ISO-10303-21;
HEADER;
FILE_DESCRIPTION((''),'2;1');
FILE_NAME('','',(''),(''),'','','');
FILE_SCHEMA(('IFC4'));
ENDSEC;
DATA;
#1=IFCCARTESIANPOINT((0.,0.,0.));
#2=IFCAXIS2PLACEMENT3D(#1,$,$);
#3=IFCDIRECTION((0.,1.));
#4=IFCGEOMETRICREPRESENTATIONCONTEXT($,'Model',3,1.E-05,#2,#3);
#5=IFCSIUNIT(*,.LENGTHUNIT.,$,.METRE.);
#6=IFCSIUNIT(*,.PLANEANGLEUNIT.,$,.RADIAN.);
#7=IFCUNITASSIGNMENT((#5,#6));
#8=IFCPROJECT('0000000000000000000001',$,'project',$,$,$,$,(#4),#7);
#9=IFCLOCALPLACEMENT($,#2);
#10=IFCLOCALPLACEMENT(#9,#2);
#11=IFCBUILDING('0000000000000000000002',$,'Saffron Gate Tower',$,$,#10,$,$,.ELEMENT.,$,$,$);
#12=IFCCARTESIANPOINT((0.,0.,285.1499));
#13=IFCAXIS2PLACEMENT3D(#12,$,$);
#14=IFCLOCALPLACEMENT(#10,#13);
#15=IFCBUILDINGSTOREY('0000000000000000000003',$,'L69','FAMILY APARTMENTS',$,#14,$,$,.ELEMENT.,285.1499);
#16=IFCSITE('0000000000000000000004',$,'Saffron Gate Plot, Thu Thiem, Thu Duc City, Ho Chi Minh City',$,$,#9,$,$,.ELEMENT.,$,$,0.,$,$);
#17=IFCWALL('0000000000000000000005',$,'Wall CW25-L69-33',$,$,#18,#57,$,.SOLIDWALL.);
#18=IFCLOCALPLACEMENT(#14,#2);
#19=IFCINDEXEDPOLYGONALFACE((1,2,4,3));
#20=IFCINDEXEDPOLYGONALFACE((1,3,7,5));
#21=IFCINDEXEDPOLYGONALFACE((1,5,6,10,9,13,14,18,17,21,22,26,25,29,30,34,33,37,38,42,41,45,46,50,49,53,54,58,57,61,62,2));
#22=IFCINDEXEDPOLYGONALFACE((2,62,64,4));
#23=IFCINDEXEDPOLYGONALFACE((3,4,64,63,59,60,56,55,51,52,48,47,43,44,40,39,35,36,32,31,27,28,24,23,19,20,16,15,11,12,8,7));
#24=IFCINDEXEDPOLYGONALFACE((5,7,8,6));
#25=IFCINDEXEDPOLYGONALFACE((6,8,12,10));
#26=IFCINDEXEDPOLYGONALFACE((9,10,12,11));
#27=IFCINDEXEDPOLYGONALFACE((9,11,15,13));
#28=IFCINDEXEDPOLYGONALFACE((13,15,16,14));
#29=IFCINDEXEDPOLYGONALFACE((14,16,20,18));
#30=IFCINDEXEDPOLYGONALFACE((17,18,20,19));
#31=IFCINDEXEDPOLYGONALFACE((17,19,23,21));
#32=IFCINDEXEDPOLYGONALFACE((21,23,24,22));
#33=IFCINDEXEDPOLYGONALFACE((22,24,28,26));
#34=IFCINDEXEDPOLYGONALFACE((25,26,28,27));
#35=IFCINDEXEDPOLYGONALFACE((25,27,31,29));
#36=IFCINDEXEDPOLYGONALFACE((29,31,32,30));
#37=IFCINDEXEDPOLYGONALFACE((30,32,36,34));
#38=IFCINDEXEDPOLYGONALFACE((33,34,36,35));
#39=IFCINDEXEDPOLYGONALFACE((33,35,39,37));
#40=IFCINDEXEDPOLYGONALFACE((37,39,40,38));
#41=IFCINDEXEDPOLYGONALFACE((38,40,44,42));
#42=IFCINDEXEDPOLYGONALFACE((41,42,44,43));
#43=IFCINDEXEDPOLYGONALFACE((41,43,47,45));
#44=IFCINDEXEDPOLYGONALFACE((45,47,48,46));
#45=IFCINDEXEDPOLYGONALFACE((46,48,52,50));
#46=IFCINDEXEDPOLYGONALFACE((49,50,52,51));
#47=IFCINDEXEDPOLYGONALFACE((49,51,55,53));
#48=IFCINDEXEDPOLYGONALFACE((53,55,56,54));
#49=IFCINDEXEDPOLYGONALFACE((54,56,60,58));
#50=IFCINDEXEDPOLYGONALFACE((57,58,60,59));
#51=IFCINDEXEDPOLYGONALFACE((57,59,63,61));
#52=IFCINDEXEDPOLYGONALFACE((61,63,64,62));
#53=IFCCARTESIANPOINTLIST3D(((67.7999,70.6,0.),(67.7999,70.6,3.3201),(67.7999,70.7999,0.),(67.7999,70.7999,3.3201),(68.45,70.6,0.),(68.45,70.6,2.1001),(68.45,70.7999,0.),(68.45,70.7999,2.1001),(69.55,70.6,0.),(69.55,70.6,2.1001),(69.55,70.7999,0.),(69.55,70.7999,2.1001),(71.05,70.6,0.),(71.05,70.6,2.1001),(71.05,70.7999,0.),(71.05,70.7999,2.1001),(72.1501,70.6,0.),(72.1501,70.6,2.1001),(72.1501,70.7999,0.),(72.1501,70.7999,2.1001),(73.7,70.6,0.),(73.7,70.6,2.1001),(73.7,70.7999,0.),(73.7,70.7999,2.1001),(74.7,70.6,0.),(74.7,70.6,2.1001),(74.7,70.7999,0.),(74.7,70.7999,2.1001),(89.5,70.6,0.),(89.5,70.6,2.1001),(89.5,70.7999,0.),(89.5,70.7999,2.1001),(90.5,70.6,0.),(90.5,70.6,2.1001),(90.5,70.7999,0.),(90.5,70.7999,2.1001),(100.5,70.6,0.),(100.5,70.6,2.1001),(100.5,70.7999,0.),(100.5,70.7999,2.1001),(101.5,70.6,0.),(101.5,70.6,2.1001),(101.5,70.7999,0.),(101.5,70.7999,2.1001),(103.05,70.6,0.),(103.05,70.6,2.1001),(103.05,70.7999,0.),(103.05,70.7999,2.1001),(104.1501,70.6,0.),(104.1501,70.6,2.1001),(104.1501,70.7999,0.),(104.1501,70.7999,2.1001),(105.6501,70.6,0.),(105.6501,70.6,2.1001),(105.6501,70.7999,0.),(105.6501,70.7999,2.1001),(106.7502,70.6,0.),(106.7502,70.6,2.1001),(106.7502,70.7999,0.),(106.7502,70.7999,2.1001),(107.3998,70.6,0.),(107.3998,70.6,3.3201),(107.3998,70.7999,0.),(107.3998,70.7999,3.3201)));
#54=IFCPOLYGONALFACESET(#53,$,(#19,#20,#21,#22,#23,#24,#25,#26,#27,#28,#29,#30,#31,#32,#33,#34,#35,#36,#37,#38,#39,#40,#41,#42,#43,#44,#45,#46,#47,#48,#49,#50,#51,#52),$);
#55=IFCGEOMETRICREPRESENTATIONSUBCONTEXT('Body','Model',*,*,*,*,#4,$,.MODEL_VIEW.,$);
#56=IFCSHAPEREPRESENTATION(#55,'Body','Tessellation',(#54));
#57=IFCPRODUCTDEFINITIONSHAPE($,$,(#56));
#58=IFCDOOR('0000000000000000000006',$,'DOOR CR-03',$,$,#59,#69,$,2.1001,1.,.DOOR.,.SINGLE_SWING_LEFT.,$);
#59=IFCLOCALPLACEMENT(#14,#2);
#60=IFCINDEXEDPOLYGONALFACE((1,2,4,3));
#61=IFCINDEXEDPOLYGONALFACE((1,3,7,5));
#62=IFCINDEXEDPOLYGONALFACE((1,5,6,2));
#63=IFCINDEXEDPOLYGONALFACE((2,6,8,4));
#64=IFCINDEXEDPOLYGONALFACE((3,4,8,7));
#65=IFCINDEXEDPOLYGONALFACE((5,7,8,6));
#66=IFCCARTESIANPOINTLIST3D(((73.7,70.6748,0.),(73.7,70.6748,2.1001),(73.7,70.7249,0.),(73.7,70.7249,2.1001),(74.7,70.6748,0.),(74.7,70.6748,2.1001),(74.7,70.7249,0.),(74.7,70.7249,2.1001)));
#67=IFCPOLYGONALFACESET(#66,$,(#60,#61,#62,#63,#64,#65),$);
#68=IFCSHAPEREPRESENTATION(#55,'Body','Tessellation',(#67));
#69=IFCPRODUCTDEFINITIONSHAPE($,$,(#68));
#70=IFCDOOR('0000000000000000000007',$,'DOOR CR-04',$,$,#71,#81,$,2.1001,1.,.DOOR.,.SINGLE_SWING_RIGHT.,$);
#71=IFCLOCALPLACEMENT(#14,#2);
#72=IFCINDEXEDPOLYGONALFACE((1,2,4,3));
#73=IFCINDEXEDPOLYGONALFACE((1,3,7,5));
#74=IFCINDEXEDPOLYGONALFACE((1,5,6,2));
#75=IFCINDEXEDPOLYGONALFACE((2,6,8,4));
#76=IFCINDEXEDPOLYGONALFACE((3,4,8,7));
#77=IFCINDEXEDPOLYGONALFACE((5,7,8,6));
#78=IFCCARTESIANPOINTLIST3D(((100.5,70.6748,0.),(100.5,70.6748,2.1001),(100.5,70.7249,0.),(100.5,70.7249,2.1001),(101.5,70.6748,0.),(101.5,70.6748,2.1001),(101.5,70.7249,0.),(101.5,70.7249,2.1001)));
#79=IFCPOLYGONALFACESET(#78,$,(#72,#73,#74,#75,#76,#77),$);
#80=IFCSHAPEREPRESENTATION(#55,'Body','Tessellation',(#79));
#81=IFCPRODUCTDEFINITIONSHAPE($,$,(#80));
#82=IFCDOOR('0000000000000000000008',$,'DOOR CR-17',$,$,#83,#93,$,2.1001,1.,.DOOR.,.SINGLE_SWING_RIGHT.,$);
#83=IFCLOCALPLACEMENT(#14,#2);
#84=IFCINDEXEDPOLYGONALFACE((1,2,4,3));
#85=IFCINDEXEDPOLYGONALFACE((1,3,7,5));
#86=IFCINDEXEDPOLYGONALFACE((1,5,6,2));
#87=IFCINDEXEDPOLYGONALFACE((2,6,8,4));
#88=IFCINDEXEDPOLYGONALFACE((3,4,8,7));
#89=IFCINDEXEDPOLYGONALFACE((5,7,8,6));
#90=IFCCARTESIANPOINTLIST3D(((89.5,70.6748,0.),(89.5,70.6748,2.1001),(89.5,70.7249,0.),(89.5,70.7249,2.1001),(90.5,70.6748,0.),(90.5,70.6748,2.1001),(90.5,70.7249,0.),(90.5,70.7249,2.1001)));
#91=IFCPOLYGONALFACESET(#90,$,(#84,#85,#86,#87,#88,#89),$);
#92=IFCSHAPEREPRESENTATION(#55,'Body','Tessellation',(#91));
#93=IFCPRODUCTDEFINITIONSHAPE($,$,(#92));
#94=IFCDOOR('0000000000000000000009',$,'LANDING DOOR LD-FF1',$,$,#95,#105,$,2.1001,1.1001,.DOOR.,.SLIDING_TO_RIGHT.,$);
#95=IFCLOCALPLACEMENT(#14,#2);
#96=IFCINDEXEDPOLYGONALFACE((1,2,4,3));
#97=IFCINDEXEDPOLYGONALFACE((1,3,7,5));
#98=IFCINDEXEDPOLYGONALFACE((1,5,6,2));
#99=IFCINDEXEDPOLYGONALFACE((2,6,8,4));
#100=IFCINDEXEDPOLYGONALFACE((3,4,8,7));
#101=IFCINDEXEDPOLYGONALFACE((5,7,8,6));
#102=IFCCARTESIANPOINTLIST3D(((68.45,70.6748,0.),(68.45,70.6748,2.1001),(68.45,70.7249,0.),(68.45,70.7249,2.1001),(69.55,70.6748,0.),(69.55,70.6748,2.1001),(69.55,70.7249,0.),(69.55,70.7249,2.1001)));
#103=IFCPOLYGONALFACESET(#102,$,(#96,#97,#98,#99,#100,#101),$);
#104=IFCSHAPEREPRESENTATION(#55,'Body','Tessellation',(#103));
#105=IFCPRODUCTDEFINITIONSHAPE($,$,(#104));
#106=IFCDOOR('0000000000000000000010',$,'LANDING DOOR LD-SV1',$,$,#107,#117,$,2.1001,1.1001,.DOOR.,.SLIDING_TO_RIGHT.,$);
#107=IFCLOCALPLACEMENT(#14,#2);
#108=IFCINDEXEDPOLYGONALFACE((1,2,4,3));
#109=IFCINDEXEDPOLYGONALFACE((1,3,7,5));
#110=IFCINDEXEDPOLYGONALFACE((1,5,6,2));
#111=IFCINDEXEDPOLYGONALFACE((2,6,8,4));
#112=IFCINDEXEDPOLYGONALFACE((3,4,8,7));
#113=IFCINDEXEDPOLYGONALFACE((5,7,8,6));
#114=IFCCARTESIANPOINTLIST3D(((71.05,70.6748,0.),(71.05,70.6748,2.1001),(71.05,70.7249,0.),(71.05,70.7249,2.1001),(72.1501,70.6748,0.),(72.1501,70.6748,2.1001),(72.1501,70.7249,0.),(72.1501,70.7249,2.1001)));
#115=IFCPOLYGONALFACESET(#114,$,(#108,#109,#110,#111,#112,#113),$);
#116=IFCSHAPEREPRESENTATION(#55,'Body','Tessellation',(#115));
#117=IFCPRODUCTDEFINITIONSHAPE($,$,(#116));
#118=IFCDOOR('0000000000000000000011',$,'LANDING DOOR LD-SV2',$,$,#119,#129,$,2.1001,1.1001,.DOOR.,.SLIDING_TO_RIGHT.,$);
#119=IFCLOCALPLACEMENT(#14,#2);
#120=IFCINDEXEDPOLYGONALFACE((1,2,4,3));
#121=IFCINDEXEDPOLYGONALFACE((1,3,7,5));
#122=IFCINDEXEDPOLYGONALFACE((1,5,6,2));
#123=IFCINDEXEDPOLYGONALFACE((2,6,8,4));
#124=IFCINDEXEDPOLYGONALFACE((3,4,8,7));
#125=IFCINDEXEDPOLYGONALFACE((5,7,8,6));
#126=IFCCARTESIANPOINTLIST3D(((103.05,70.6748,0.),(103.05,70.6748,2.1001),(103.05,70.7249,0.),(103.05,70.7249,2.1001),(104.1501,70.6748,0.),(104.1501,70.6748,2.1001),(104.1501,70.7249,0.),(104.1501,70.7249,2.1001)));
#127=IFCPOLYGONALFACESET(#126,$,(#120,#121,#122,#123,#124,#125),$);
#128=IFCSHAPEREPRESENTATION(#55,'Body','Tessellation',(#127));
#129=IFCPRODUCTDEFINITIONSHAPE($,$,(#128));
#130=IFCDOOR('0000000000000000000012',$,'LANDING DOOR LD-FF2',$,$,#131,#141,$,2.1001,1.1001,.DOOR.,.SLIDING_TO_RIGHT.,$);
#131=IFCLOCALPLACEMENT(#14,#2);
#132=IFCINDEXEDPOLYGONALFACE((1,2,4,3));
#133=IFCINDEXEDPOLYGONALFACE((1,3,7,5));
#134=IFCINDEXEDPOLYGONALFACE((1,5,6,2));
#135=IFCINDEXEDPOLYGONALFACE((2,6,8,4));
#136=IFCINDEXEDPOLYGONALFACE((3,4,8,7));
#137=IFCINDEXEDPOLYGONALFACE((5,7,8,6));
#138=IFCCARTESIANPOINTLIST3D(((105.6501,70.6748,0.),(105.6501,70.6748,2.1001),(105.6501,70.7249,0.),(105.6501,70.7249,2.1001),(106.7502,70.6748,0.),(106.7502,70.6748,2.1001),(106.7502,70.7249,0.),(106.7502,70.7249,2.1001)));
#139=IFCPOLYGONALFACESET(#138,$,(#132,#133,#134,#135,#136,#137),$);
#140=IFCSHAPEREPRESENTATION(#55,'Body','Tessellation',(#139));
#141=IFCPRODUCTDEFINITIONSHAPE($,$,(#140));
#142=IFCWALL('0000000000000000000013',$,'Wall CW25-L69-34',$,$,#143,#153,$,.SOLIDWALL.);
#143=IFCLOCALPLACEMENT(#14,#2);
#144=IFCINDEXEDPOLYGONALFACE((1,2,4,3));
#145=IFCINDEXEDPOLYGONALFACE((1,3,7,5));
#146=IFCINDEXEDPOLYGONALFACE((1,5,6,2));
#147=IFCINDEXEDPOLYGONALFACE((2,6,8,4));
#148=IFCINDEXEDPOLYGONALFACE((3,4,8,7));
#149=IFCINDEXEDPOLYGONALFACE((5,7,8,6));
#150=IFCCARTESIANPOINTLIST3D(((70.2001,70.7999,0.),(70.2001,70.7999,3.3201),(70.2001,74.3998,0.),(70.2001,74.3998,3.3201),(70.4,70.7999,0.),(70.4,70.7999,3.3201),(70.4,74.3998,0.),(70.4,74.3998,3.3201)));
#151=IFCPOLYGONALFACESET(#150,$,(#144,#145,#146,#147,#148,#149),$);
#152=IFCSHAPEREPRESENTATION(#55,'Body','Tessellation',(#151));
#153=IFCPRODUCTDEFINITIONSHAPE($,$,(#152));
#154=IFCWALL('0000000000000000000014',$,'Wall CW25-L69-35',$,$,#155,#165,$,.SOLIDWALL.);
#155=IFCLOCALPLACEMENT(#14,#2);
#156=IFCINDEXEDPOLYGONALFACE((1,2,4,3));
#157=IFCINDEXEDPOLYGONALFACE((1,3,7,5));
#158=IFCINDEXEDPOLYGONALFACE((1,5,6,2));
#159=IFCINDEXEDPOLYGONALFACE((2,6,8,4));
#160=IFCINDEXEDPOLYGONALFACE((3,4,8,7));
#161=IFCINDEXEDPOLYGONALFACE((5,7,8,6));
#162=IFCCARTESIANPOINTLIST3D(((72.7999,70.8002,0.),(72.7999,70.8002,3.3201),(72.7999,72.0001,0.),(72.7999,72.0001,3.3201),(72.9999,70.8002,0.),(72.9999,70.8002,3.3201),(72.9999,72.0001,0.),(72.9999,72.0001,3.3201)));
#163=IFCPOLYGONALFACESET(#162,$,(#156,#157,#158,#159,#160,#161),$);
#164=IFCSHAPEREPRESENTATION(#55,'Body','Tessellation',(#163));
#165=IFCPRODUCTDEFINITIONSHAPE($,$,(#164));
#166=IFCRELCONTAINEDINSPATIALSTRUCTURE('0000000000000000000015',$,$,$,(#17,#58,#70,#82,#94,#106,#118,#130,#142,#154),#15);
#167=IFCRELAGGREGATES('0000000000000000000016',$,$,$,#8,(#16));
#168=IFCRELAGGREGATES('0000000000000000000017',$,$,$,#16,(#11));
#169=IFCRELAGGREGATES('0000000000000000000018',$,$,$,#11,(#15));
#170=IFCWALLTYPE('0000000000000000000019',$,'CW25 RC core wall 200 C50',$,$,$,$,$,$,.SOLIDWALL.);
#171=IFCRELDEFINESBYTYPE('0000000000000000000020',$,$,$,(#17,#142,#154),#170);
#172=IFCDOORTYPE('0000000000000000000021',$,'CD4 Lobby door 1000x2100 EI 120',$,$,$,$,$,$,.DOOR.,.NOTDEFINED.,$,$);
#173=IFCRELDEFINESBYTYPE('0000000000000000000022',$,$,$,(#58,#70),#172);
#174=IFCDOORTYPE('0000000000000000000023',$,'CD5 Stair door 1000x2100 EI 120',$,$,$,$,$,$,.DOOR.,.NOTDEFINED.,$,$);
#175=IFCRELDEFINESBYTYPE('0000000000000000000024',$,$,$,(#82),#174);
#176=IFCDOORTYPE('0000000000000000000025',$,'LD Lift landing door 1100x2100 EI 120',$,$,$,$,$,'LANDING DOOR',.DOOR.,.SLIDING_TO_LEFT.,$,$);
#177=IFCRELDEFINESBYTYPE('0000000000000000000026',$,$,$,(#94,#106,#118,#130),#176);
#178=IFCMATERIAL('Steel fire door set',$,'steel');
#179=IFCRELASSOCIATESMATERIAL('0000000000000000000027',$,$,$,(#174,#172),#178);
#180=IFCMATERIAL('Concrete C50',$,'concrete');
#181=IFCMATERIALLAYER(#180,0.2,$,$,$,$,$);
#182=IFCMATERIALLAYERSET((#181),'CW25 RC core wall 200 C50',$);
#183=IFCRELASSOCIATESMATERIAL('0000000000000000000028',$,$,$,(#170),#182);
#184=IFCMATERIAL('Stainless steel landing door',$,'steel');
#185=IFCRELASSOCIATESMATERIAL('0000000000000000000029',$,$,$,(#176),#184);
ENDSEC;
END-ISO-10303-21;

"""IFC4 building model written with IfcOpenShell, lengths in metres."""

from ifc_helpers import new_model, si_unit, direction, frame, frame_2d, origin, place, context, subcontext, project, spatial, rectangle, extrude, material, layer, layer_set, type_object, element, fill, save


model = new_model("IFC4")

# Units and contexts
model_context = context("Model", 3, precision=1e-05, world=origin(), true_north=direction((0.0, 1.0)))
body_context = subcontext(model_context, "Body", "Model", "MODEL_VIEW")
ifc_project = project(units=[si_unit("LENGTHUNIT", "METRE"), si_unit("PLANEANGLEUNIT", "RADIAN")], contexts=[model_context])

# Site, building, storey
site_placement = place(None, origin())
site = spatial("IfcSite", under=ifc_project, at=site_placement, Name="Saffron Gate Plot, Thu Thiem, Thu Duc City, Ho Chi Minh City", CompositionType="ELEMENT", RefElevation=0.0)
building_placement = place(site_placement, origin())
building = spatial("IfcBuilding", under=site, at=building_placement, Name="Saffron Gate Tower", CompositionType="ELEMENT")
storey_placement = place(building_placement, frame((0.0, 0.0, 285.1499)))
storey = spatial("IfcBuildingStorey", under=building, at=storey_placement, Name="L69", Description="FAMILY APARTMENTS", CompositionType="ELEMENT", Elevation=285.1499)

# Wall, openings, doors
ifc_material_1 = material(Name="Concrete C50", Category="concrete")
ifc_material_2 = material(Name="Steel fire door set", Category="steel")
door_type_1 = type_object("IfcDoorType", Name="CD5 Stair door 1000x2100 EI 120", OperationType="NOTDEFINED", PredefinedType="DOOR", material=ifc_material_2)
ifc_layer_1 = layer(ifc_material_1, 0.2)
ifc_layer_set_1 = layer_set([ifc_layer_1], Name="CW25 RC core wall 200 C50")
wall_type_1 = type_object("IfcWallType", Name="CW25 RC core wall 200 C50", PredefinedType="SOLIDWALL", material=ifc_layer_set_1)
wall_1_placement = place(storey_placement, frame((67.8, 70.7, 0.0), z_axis=(0.0, 0.0, 1.0), x_axis=(1.0, 0.0, 0.0)))
wall_1 = element("IfcWall", 1, at=wall_1_placement, inside=storey, type_object=wall_type_1, Name="Wall CW25-L69-33", PredefinedType="SOLIDWALL", context=body_context, shape_type="SweptSolid", body=[
    extrude(rectangle(XDim=39.5999, YDim=0.2, at=frame_2d((19.7998, 0.0))), origin(), (0.0, 0.0, 1.0), 3.3201),
])
opening_1_placement = place(wall_1_placement, frame((0.6499, 0.0, 0.0)))
opening_1 = element("IfcOpeningElement", 2, at=opening_1_placement, cuts=wall_1, PredefinedType="OPENING", context=body_context, shape_type="SweptSolid", body=[
    extrude(rectangle(XDim=1.1001, YDim=2.1001, at=frame_2d((0.55, 1.05))), frame((0.0, 0.1099, 0.0), z_axis=(0.0, -1.0, 0.0), x_axis=(1.0, 0.0, 0.0)), (0.0, 0.0, 1.0), 0.22),
])
opening_2_placement = place(wall_1_placement, frame((3.25, 0.0, 0.0)))
opening_2 = element("IfcOpeningElement", 3, at=opening_2_placement, cuts=wall_1, PredefinedType="OPENING", context=body_context, shape_type="SweptSolid", body=[
    extrude(rectangle(XDim=1.1001, YDim=2.1001, at=frame_2d((0.55, 1.05))), frame((0.0, 0.1099, 0.0), z_axis=(0.0, -1.0, 0.0), x_axis=(1.0, 0.0, 0.0)), (0.0, 0.0, 1.0), 0.22),
])
opening_3_placement = place(wall_1_placement, frame((5.8999, 0.0, 0.0)))
opening_3 = element("IfcOpeningElement", 4, at=opening_3_placement, cuts=wall_1, PredefinedType="OPENING", context=body_context, shape_type="SweptSolid", body=[
    extrude(rectangle(XDim=1.0, YDim=2.1001, at=frame_2d((0.5, 1.05))), frame((0.0, 0.1099, 0.0), z_axis=(0.0, -1.0, 0.0), x_axis=(1.0, 0.0, 0.0)), (0.0, 0.0, 1.0), 0.22),
])
opening_4_placement = place(wall_1_placement, frame((21.7, 0.0, 0.0)))
opening_4 = element("IfcOpeningElement", 5, at=opening_4_placement, cuts=wall_1, PredefinedType="OPENING", context=body_context, shape_type="SweptSolid", body=[
    extrude(rectangle(XDim=1.0, YDim=2.1001, at=frame_2d((0.5, 1.05))), frame((0.0, 0.1099, 0.0), z_axis=(0.0, -1.0, 0.0), x_axis=(1.0, 0.0, 0.0)), (0.0, 0.0, 1.0), 0.22),
])
opening_5_placement = place(wall_1_placement, frame((32.7, 0.0, 0.0)))
opening_5 = element("IfcOpeningElement", 6, at=opening_5_placement, cuts=wall_1, PredefinedType="OPENING", context=body_context, shape_type="SweptSolid", body=[
    extrude(rectangle(XDim=1.0, YDim=2.1001, at=frame_2d((0.5, 1.05))), frame((0.0, 0.1099, 0.0), z_axis=(0.0, -1.0, 0.0), x_axis=(1.0, 0.0, 0.0)), (0.0, 0.0, 1.0), 0.22),
])
opening_6_placement = place(wall_1_placement, frame((35.25, 0.0, 0.0)))
opening_6 = element("IfcOpeningElement", 7, at=opening_6_placement, cuts=wall_1, PredefinedType="OPENING", context=body_context, shape_type="SweptSolid", body=[
    extrude(rectangle(XDim=1.1001, YDim=2.1001, at=frame_2d((0.55, 1.05))), frame((0.0, 0.1099, 0.0), z_axis=(0.0, -1.0, 0.0), x_axis=(1.0, 0.0, 0.0)), (0.0, 0.0, 1.0), 0.22),
])
opening_7_placement = place(wall_1_placement, frame((37.8501, 0.0, 0.0)))
opening_7 = element("IfcOpeningElement", 8, at=opening_7_placement, cuts=wall_1, PredefinedType="OPENING", context=body_context, shape_type="SweptSolid", body=[
    extrude(rectangle(XDim=1.1001, YDim=2.1001, at=frame_2d((0.55, 1.05))), frame((0.0, 0.1099, 0.0), z_axis=(0.0, -1.0, 0.0), x_axis=(1.0, 0.0, 0.0)), (0.0, 0.0, 1.0), 0.22),
])
door_type_2 = type_object("IfcDoorType", Name="CD4 Lobby door 1000x2100 EI 120", OperationType="NOTDEFINED", PredefinedType="DOOR", material=ifc_material_2)
door_1_placement = place(opening_3_placement, origin())
door_1 = element("IfcDoor", 9, at=door_1_placement, inside=storey, type_object=door_type_2, Name="DOOR CR-03", OperationType="SINGLE_SWING_LEFT", OverallHeight=2.1001, OverallWidth=1.0, PredefinedType="DOOR", context=body_context, shape_type="SweptSolid", body=[
    extrude(rectangle(XDim=1.0, YDim=2.1001, at=frame_2d((0.5, 1.05))), frame((0.0, 0.0249, 0.0), z_axis=(0.0, -1.0, 0.0), x_axis=(1.0, 0.0, 0.0)), (0.0, 0.0, 1.0), 0.05),
])
fill(opening_3, door_1)
door_2_placement = place(opening_5_placement, origin())
door_2 = element("IfcDoor", 10, at=door_2_placement, inside=storey, type_object=door_type_2, Name="DOOR CR-04", OperationType="SINGLE_SWING_RIGHT", OverallHeight=2.1001, OverallWidth=1.0, PredefinedType="DOOR", context=body_context, shape_type="SweptSolid", body=[
    extrude(rectangle(XDim=1.0, YDim=2.1001, at=frame_2d((0.5, 1.05))), frame((0.0, 0.0249, 0.0), z_axis=(0.0, -1.0, 0.0), x_axis=(1.0, 0.0, 0.0)), (0.0, 0.0, 1.0), 0.05),
])
fill(opening_5, door_2)
door_3_placement = place(opening_4_placement, origin())
door_3 = element("IfcDoor", 11, at=door_3_placement, inside=storey, type_object=door_type_1, Name="DOOR CR-17", OperationType="SINGLE_SWING_RIGHT", OverallHeight=2.1001, OverallWidth=1.0, PredefinedType="DOOR", context=body_context, shape_type="SweptSolid", body=[
    extrude(rectangle(XDim=1.0, YDim=2.1001, at=frame_2d((0.5, 1.05))), frame((0.0, 0.0249, 0.0), z_axis=(0.0, -1.0, 0.0), x_axis=(1.0, 0.0, 0.0)), (0.0, 0.0, 1.0), 0.05),
])
fill(opening_4, door_3)
ifc_material_3 = material(Name="Stainless steel landing door", Category="steel")
door_type_3 = type_object("IfcDoorType", Name="LD Lift landing door 1100x2100 EI 120", ElementType="LANDING DOOR", OperationType="SLIDING_TO_LEFT", PredefinedType="DOOR", material=ifc_material_3)
door_4_placement = place(opening_1_placement, origin())
door_4 = element("IfcDoor", 12, at=door_4_placement, inside=storey, type_object=door_type_3, Name="LANDING DOOR LD-FF1", OperationType="SLIDING_TO_RIGHT", OverallHeight=2.1001, OverallWidth=1.1001, PredefinedType="DOOR", context=body_context, shape_type="SweptSolid", body=[
    extrude(rectangle(XDim=1.1001, YDim=2.1001, at=frame_2d((0.55, 1.05))), frame((0.0, 0.0249, 0.0), z_axis=(0.0, -1.0, 0.0), x_axis=(1.0, 0.0, 0.0)), (0.0, 0.0, 1.0), 0.05),
])
fill(opening_1, door_4)
door_5_placement = place(opening_2_placement, origin())
door_5 = element("IfcDoor", 13, at=door_5_placement, inside=storey, type_object=door_type_3, Name="LANDING DOOR LD-SV1", OperationType="SLIDING_TO_RIGHT", OverallHeight=2.1001, OverallWidth=1.1001, PredefinedType="DOOR", context=body_context, shape_type="SweptSolid", body=[
    extrude(rectangle(XDim=1.1001, YDim=2.1001, at=frame_2d((0.55, 1.05))), frame((0.0, 0.0249, 0.0), z_axis=(0.0, -1.0, 0.0), x_axis=(1.0, 0.0, 0.0)), (0.0, 0.0, 1.0), 0.05),
])
fill(opening_2, door_5)
door_6_placement = place(opening_6_placement, origin())
door_6 = element("IfcDoor", 14, at=door_6_placement, inside=storey, type_object=door_type_3, Name="LANDING DOOR LD-SV2", OperationType="SLIDING_TO_RIGHT", OverallHeight=2.1001, OverallWidth=1.1001, PredefinedType="DOOR", context=body_context, shape_type="SweptSolid", body=[
    extrude(rectangle(XDim=1.1001, YDim=2.1001, at=frame_2d((0.55, 1.05))), frame((0.0, 0.0249, 0.0), z_axis=(0.0, -1.0, 0.0), x_axis=(1.0, 0.0, 0.0)), (0.0, 0.0, 1.0), 0.05),
])
fill(opening_6, door_6)
door_7_placement = place(opening_7_placement, origin())
door_7 = element("IfcDoor", 15, at=door_7_placement, inside=storey, type_object=door_type_3, Name="LANDING DOOR LD-FF2", OperationType="SLIDING_TO_RIGHT", OverallHeight=2.1001, OverallWidth=1.1001, PredefinedType="DOOR", context=body_context, shape_type="SweptSolid", body=[
    extrude(rectangle(XDim=1.1001, YDim=2.1001, at=frame_2d((0.55, 1.05))), frame((0.0, 0.0249, 0.0), z_axis=(0.0, -1.0, 0.0), x_axis=(1.0, 0.0, 0.0)), (0.0, 0.0, 1.0), 0.05),
])
fill(opening_7, door_7)

# Walls
wall_2_placement = place(storey_placement, frame((70.3, 70.8, 0.0), z_axis=(0.0, 0.0, 1.0), x_axis=(0.0, 1.0, 0.0)))
element("IfcWall", 16, at=wall_2_placement, inside=storey, type_object=wall_type_1, Name="Wall CW25-L69-34", PredefinedType="SOLIDWALL", context=body_context, shape_type="SweptSolid", body=[
    extrude(rectangle(XDim=3.5999, YDim=0.2, at=frame_2d((1.7998, 0.0))), origin(), (0.0, 0.0, 1.0), 3.3201),
])
wall_3_placement = place(storey_placement, frame((72.8999, 70.8, 0.0), z_axis=(0.0, 0.0, 1.0), x_axis=(0.0, 1.0, 0.0)))
element("IfcWall", 17, at=wall_3_placement, inside=storey, type_object=wall_type_1, Name="Wall CW25-L69-35", PredefinedType="SOLIDWALL", context=body_context, shape_type="SweptSolid", body=[
    extrude(rectangle(XDim=1.2, YDim=0.2, at=frame_2d((0.6001, 0.0))), origin(), (0.0, 0.0, 1.0), 3.3201),
])

save(model, "model.ifc")
